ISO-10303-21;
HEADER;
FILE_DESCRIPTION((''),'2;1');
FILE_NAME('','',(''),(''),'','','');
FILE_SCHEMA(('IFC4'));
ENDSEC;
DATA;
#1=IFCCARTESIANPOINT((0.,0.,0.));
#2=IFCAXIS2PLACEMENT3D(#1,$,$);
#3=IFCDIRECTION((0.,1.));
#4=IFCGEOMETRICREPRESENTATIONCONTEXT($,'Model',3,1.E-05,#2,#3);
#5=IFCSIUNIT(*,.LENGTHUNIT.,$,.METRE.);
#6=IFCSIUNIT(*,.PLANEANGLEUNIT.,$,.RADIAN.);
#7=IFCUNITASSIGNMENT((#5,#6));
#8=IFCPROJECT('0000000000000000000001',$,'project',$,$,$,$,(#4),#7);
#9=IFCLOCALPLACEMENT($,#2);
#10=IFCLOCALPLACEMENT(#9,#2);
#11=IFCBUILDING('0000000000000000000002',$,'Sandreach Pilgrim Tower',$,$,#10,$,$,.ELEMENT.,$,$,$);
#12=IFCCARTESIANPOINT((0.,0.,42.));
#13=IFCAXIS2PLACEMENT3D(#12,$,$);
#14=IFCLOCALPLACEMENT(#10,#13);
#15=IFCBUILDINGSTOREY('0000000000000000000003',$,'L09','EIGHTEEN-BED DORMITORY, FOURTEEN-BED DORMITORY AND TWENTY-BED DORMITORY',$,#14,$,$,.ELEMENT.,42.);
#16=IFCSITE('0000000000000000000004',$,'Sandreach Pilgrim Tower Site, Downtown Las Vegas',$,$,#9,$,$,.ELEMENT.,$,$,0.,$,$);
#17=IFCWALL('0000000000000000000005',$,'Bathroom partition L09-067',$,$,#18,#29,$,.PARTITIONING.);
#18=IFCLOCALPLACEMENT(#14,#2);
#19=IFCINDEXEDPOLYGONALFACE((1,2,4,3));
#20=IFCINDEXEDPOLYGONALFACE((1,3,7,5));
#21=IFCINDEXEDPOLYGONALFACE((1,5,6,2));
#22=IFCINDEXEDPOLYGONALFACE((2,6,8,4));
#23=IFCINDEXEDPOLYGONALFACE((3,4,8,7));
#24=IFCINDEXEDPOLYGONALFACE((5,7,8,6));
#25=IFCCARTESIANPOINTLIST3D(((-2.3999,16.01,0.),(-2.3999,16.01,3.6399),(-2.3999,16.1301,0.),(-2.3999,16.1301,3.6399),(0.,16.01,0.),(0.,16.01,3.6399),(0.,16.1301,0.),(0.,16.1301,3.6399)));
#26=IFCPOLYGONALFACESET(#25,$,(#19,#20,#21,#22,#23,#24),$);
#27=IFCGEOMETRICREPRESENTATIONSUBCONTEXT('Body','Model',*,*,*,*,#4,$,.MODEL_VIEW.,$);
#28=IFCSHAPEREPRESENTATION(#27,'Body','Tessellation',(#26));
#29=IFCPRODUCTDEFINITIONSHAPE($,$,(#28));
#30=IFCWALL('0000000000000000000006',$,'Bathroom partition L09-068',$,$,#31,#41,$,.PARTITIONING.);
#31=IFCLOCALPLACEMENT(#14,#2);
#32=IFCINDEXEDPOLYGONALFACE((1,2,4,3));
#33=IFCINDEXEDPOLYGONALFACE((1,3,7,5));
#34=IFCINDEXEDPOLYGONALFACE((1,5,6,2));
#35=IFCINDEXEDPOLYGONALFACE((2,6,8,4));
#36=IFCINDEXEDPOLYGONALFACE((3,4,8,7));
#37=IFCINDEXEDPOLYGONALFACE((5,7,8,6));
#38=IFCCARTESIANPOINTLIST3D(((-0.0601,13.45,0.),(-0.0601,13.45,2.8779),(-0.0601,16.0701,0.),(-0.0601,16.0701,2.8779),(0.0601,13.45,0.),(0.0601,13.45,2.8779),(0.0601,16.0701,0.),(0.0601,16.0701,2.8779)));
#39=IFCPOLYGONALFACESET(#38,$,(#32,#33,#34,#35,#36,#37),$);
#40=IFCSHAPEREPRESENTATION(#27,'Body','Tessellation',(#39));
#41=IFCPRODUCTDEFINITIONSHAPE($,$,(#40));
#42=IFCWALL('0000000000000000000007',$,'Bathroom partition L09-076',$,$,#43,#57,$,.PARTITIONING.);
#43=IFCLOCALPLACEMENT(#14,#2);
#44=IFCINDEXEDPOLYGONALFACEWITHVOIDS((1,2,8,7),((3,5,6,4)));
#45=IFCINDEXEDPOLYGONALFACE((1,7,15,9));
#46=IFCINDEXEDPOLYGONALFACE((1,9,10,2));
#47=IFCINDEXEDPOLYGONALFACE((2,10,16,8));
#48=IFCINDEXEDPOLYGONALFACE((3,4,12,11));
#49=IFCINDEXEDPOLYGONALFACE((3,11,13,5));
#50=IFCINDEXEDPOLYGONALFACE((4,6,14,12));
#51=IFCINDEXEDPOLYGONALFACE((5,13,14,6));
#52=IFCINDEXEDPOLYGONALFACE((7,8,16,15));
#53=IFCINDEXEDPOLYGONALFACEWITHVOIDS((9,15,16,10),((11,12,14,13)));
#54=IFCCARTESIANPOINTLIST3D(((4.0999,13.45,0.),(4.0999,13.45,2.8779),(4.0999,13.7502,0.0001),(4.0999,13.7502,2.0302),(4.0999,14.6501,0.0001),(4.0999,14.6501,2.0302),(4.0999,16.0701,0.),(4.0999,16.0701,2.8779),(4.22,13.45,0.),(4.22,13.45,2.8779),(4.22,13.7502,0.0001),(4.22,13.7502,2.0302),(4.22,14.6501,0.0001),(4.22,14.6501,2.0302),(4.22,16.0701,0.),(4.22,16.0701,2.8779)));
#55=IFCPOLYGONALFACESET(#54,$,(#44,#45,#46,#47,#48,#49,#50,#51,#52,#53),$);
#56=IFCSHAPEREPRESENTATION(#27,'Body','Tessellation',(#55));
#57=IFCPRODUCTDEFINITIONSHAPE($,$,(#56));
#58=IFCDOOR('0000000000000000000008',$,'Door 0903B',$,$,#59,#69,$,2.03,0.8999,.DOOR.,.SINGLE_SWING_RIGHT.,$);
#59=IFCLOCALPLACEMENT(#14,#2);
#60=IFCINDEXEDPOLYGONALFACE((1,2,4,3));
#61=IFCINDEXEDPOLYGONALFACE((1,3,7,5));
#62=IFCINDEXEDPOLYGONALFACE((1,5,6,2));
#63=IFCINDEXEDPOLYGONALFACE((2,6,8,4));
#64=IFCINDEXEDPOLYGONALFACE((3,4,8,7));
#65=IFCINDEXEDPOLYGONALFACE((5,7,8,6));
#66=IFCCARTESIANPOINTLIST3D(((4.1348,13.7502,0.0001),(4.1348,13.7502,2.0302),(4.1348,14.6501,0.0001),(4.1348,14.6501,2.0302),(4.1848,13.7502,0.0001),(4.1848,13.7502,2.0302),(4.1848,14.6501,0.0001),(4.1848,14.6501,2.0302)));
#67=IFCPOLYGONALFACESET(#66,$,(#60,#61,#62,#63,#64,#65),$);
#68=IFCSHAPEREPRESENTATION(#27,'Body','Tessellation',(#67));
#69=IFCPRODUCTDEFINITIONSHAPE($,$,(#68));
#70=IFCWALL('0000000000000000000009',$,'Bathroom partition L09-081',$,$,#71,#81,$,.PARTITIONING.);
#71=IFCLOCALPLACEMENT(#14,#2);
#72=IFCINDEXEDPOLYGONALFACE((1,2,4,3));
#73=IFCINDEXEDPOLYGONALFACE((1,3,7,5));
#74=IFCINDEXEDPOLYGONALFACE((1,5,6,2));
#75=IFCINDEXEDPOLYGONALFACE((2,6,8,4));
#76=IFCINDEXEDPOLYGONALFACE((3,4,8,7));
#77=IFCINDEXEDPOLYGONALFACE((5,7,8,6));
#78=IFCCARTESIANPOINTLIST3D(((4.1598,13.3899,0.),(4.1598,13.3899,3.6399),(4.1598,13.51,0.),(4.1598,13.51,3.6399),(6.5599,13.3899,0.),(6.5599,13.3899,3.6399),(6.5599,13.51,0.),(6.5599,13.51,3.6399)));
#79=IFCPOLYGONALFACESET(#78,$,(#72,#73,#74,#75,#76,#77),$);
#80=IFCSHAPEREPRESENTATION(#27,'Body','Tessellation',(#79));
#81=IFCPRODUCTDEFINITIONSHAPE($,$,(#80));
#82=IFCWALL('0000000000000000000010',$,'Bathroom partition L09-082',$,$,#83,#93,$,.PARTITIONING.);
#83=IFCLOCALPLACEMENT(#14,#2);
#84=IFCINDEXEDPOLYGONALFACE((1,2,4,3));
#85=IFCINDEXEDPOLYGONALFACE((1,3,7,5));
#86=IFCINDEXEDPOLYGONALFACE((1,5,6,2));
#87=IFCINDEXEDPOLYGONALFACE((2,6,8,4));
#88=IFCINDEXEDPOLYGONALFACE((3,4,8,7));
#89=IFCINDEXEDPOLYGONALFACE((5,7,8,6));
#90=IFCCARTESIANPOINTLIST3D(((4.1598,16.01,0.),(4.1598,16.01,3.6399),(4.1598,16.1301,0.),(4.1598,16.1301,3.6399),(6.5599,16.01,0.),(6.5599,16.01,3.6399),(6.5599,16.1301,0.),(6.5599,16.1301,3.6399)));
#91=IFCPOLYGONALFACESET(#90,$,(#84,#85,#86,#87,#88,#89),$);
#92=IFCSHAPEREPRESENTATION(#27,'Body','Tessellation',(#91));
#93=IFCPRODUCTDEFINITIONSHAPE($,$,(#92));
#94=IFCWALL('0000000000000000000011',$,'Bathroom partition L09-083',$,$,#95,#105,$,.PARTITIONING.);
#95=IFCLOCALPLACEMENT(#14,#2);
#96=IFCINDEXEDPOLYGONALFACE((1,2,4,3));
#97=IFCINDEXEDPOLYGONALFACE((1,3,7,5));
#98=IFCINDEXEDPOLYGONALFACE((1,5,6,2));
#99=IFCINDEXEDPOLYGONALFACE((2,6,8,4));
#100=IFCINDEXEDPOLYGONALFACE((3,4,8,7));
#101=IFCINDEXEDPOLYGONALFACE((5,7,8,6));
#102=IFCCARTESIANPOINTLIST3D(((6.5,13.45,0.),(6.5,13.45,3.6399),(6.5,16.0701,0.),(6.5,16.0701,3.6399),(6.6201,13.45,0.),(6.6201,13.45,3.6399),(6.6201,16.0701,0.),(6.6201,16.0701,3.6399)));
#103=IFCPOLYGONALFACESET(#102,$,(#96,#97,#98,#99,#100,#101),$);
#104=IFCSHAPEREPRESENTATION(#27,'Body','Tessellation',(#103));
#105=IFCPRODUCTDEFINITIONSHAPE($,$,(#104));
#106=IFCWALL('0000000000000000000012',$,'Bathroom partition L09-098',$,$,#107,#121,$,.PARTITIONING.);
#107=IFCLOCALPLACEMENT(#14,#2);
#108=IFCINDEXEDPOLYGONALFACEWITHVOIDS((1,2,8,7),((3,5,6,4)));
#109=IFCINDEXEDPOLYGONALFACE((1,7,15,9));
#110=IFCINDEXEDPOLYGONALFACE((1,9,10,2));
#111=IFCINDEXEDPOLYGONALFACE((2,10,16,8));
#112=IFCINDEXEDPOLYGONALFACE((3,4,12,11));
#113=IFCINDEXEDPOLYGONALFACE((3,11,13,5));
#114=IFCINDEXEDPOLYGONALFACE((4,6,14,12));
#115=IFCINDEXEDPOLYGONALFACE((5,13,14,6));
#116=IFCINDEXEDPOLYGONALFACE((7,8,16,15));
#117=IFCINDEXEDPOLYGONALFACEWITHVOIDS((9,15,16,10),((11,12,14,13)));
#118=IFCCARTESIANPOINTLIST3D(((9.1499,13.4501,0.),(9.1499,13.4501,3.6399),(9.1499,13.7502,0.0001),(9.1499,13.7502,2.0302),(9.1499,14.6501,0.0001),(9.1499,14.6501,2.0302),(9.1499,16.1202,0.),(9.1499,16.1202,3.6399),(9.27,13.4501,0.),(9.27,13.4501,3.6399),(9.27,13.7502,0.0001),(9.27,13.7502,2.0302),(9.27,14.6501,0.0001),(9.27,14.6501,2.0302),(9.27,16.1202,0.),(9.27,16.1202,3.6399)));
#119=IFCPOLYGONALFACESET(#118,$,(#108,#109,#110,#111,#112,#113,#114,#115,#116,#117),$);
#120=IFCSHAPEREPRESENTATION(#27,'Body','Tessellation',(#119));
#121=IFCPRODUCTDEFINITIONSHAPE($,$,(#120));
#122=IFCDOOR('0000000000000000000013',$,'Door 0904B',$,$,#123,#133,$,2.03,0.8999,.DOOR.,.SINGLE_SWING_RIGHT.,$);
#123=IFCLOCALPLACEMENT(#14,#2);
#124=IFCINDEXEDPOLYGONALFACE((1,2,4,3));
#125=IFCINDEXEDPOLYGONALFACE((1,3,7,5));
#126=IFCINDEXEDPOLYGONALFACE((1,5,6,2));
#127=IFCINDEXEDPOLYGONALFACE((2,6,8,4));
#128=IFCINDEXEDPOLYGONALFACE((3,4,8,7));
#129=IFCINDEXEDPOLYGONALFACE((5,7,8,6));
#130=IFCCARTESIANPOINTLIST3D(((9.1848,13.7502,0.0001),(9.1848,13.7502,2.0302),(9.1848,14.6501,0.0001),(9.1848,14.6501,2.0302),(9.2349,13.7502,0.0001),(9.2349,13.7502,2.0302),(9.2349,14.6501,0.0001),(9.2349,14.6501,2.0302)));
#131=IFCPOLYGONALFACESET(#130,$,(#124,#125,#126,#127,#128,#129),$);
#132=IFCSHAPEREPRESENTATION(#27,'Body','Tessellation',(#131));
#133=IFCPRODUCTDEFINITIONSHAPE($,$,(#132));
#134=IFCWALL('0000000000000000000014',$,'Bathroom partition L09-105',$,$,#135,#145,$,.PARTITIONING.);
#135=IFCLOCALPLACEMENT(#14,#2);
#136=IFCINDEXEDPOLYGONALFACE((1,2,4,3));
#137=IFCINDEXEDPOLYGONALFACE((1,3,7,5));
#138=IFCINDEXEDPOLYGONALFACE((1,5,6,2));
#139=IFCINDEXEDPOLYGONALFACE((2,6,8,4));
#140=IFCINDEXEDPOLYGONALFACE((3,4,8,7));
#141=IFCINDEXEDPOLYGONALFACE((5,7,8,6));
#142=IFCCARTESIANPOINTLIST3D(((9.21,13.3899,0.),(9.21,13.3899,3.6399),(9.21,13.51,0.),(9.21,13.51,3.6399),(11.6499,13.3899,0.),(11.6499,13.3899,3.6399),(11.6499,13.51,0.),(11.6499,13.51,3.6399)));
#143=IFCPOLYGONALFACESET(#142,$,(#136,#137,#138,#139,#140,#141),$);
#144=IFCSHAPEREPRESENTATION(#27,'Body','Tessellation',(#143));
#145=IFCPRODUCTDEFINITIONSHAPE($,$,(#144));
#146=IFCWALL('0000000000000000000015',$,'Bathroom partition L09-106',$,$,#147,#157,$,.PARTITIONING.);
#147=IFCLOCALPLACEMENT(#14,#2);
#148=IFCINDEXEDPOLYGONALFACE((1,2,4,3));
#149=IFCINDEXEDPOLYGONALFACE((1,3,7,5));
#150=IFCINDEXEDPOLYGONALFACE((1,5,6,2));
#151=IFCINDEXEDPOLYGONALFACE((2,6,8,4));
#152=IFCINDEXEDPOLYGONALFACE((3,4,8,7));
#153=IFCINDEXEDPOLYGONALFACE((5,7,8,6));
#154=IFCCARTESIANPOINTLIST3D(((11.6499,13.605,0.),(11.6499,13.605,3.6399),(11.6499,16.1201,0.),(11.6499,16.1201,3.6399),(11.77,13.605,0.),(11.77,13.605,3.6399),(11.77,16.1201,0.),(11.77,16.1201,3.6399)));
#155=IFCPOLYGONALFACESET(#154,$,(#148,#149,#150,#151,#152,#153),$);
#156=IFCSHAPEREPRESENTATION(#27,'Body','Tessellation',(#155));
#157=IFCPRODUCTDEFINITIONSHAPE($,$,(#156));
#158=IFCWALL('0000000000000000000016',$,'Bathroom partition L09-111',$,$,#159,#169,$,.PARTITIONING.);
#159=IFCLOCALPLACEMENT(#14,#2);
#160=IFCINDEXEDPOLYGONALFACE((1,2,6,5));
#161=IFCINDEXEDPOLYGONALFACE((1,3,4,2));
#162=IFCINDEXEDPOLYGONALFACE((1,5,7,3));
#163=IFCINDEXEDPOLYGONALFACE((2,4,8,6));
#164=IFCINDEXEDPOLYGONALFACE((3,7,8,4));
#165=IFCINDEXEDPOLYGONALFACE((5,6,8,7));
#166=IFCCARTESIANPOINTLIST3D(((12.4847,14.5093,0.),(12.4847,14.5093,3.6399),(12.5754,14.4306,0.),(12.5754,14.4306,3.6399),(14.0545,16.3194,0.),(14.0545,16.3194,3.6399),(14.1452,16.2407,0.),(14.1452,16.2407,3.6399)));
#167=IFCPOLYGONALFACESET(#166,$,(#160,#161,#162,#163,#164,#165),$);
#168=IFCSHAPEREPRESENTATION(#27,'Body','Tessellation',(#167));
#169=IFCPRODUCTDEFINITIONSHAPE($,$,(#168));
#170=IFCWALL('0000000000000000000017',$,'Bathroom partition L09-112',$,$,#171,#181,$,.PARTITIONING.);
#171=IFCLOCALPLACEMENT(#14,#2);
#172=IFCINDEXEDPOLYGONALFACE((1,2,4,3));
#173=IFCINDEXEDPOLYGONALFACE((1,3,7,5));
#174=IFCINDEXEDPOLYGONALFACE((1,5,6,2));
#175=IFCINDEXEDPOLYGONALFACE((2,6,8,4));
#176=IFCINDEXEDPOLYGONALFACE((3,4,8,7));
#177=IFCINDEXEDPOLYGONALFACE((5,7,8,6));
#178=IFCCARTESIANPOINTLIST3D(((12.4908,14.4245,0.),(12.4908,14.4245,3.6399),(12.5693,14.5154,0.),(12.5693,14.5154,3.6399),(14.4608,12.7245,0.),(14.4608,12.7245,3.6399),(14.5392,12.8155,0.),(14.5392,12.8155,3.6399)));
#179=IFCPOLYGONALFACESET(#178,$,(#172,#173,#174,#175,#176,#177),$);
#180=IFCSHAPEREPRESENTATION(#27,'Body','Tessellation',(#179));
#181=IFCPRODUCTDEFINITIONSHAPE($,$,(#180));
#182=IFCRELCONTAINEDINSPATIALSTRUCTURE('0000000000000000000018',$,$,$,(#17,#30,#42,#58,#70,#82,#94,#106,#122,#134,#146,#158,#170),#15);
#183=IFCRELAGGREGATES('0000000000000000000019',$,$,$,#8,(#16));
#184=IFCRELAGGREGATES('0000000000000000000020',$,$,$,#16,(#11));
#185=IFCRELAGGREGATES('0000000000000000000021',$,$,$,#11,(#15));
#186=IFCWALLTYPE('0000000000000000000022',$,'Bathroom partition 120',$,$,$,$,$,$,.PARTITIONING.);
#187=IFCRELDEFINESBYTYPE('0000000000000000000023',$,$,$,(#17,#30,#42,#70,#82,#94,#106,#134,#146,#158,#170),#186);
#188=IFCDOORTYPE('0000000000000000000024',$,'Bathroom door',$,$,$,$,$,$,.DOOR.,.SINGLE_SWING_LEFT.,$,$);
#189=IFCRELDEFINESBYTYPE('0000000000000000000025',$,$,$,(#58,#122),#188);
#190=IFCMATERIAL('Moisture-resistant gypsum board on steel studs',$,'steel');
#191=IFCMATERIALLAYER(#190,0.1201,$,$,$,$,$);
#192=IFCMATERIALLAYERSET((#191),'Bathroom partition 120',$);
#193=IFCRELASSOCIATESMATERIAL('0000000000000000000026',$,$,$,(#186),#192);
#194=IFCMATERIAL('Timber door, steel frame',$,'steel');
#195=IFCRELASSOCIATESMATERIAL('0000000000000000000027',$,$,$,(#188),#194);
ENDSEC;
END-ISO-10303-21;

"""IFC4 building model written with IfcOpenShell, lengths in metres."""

from ifc_helpers import new_model, si_unit, direction, frame, frame_2d, origin, place, context, subcontext, project, spatial, rectangle, extrude, material, layer, layer_set, type_object, element, fill, save


model = new_model("IFC4")

# Units and contexts
model_context = context("Model", 3, precision=1e-05, world=origin(), true_north=direction((0.0, 1.0)))
body_context = subcontext(model_context, "Body", "Model", "MODEL_VIEW")
ifc_project = project(units=[si_unit("LENGTHUNIT", "METRE"), si_unit("PLANEANGLEUNIT", "RADIAN")], contexts=[model_context])

# Site, building, storey
site_placement = place(None, origin())
site = spatial("IfcSite", under=ifc_project, at=site_placement, Name="Sandreach Pilgrim Tower Site, Downtown Las Vegas", CompositionType="ELEMENT", RefElevation=0.0)
building_placement = place(site_placement, origin())
building = spatial("IfcBuilding", under=site, at=building_placement, Name="Sandreach Pilgrim Tower", CompositionType="ELEMENT")
storey_placement = place(building_placement, frame((0.0, 0.0, 42.0)))
storey = spatial("IfcBuildingStorey", under=building, at=storey_placement, Name="L09", Description="EIGHTEEN-BED DORMITORY, FOURTEEN-BED DORMITORY AND TWENTY-BED DORMITORY", CompositionType="ELEMENT", Elevation=42.0)

# Walls
ifc_material_1 = material(Name="Moisture-resistant gypsum board on steel studs", Category="steel")
ifc_layer_1 = layer(ifc_material_1, 0.1201)
ifc_layer_set_1 = layer_set([ifc_layer_1], Name="Bathroom partition 120")
wall_type_1 = type_object("IfcWallType", Name="Bathroom partition 120", PredefinedType="PARTITIONING", material=ifc_layer_set_1)
wall_1_placement = place(storey_placement, frame((0.0, 16.0701, 0.0), z_axis=(0.0, 0.0, 1.0), x_axis=(-1.0, 0.0, 0.0)))
element("IfcWall", 1, at=wall_1_placement, inside=storey, type_object=wall_type_1, Name="Bathroom partition L09-067", PredefinedType="PARTITIONING", context=body_context, shape_type="SweptSolid", body=[
    extrude(rectangle(XDim=2.3999, YDim=0.1201, at=frame_2d((1.2, 0.0))), origin(), (0.0, 0.0, 1.0), 3.6399),
])
wall_2_placement = place(storey_placement, frame((0.0, 16.0701, 0.0), z_axis=(0.0, 0.0, 1.0), x_axis=(0.0, -1.0, 0.0)))
element("IfcWall", 2, at=wall_2_placement, inside=storey, type_object=wall_type_1, Name="Bathroom partition L09-068", PredefinedType="PARTITIONING", context=body_context, shape_type="SweptSolid", body=[
    extrude(rectangle(XDim=2.6201, YDim=0.1201, at=frame_2d((1.3101, 0.0))), origin(), (0.0, 0.0, 1.0), 2.8779),
])

# Wall, opening, door
wall_3_placement = place(storey_placement, frame((4.1599, 16.0701, 0.0), z_axis=(0.0, 0.0, 1.0), x_axis=(0.0, -1.0, 0.0)))
wall_3 = element("IfcWall", 3, at=wall_3_placement, inside=storey, type_object=wall_type_1, Name="Bathroom partition L09-076", PredefinedType="PARTITIONING", context=body_context, shape_type="SweptSolid", body=[
    extrude(rectangle(XDim=2.6201, YDim=0.1201, at=frame_2d((1.3101, 0.0))), origin(), (0.0, 0.0, 1.0), 2.8779),
])
opening_1_placement = place(wall_3_placement, frame((1.4199, 0.0, 0.0)))
opening_1 = element("IfcOpeningElement", 4, at=opening_1_placement, cuts=wall_3, PredefinedType="OPENING", context=body_context, shape_type="SweptSolid", body=[
    extrude(rectangle(XDim=0.8999, YDim=2.03, at=frame_2d((0.45, 1.0151))), frame((0.0, 0.0601, 0.0), z_axis=(0.0, -1.0, 0.0), x_axis=(1.0, 0.0, 0.0)), (0.0, 0.0, 1.0), 0.1201),
])
ifc_material_2 = material(Name="Timber door, steel frame", Category="steel")
door_type_1 = type_object("IfcDoorType", Name="Bathroom door", OperationType="SINGLE_SWING_LEFT", PredefinedType="DOOR", material=ifc_material_2)
door_1_placement = place(opening_1_placement, origin())
door_1 = element("IfcDoor", 5, at=door_1_placement, inside=storey, type_object=door_type_1, Name="Door 0903B", OperationType="SINGLE_SWING_RIGHT", OverallHeight=2.03, OverallWidth=0.8999, PredefinedType="DOOR", context=body_context, shape_type="SweptSolid", body=[
    extrude(rectangle(XDim=0.8999, YDim=2.03, at=frame_2d((0.45, 1.0151))), frame((0.0, 0.0249, 0.0), z_axis=(0.0, -1.0, 0.0), x_axis=(1.0, 0.0, 0.0)), (0.0, 0.0, 1.0), 0.05),
])
fill(opening_1, door_1)

# Walls
for number, where, z_axis, x_axis, name in (
    (6, (6.5601, 13.45, 0.0), (0.0, 0.0, 1.0), (-1.0, 0.0, 0.0), "Bathroom partition L09-081"),
    (7, (6.5601, 16.0701, 0.0), (0.0, 0.0, 1.0), (-1.0, 0.0, 0.0), "Bathroom partition L09-082"),
):
    element("IfcWall", number, at=place(storey_placement, frame(where, z_axis=z_axis, x_axis=x_axis)), inside=storey, type_object=wall_type_1, Name=name, PredefinedType="PARTITIONING", context=body_context, shape_type="SweptSolid", body=[
        extrude(rectangle(XDim=2.4001, YDim=0.1201, at=frame_2d((1.2002, 0.0))), origin(), (0.0, 0.0, 1.0), 3.6399),
    ])
wall_4_placement = place(storey_placement, frame((6.5601, 16.0701, 0.0), z_axis=(0.0, 0.0, 1.0), x_axis=(0.0, -1.0, 0.0)))
element("IfcWall", 8, at=wall_4_placement, inside=storey, type_object=wall_type_1, Name="Bathroom partition L09-083", PredefinedType="PARTITIONING", context=body_context, shape_type="SweptSolid", body=[
    extrude(rectangle(XDim=2.6201, YDim=0.1201, at=frame_2d((1.3101, 0.0))), origin(), (0.0, 0.0, 1.0), 3.6399),
])

# Wall, opening, door
wall_5_placement = place(storey_placement, frame((9.21, 16.1201, 0.0), z_axis=(0.0, 0.0, 1.0), x_axis=(0.0, -1.0, 0.0)))
wall_5 = element("IfcWall", 9, at=wall_5_placement, inside=storey, type_object=wall_type_1, Name="Bathroom partition L09-098", PredefinedType="PARTITIONING", context=body_context, shape_type="SweptSolid", body=[
    extrude(rectangle(XDim=2.6702, YDim=0.1201, at=frame_2d((1.335, 0.0))), origin(), (0.0, 0.0, 1.0), 3.6399),
])
opening_2_placement = place(wall_5_placement, frame((1.47, 0.0, 0.0)))
opening_2 = element("IfcOpeningElement", 10, at=opening_2_placement, cuts=wall_5, PredefinedType="OPENING", context=body_context, shape_type="SweptSolid", body=[
    extrude(rectangle(XDim=0.8999, YDim=2.03, at=frame_2d((0.45, 1.0151))), frame((0.0, 0.0601, 0.0), z_axis=(0.0, -1.0, 0.0), x_axis=(1.0, 0.0, 0.0)), (0.0, 0.0, 1.0), 0.1201),
])
door_2_placement = place(opening_2_placement, origin())
door_2 = element("IfcDoor", 11, at=door_2_placement, inside=storey, type_object=door_type_1, Name="Door 0904B", OperationType="SINGLE_SWING_RIGHT", OverallHeight=2.03, OverallWidth=0.8999, PredefinedType="DOOR", context=body_context, shape_type="SweptSolid", body=[
    extrude(rectangle(XDim=0.8999, YDim=2.03, at=frame_2d((0.45, 1.0151))), frame((0.0, 0.0249, 0.0), z_axis=(0.0, -1.0, 0.0), x_axis=(1.0, 0.0, 0.0)), (0.0, 0.0, 1.0), 0.05),
])
fill(opening_2, door_2)

# Walls
wall_6_placement = place(storey_placement, frame((11.6499, 13.45, 0.0), z_axis=(0.0, 0.0, 1.0), x_axis=(-1.0, 0.0, 0.0)))
element("IfcWall", 12, at=wall_6_placement, inside=storey, type_object=wall_type_1, Name="Bathroom partition L09-105", PredefinedType="PARTITIONING", context=body_context, shape_type="SweptSolid", body=[
    extrude(rectangle(XDim=2.4399, YDim=0.1201, at=frame_2d((1.22, 0.0))), origin(), (0.0, 0.0, 1.0), 3.6399),
])
wall_7_placement = place(storey_placement, frame((11.71, 13.605, 0.0), z_axis=(0.0, 0.0, 1.0), x_axis=(0.0, 1.0, 0.0)))
element("IfcWall", 13, at=wall_7_placement, inside=storey, type_object=wall_type_1, Name="Bathroom partition L09-106", PredefinedType="PARTITIONING", context=body_context, shape_type="SweptSolid", body=[
    extrude(rectangle(XDim=2.5151, YDim=0.1201, at=frame_2d((1.2576, 0.0))), origin(), (0.0, 0.0, 1.0), 3.6399),
])
wall_8_placement = place(storey_placement, frame((12.53, 14.47, 0.0), z_axis=(0.0, 0.0, 1.0), x_axis=(0.655194, 0.75546, 0.0)))
element("IfcWall", 14, at=wall_8_placement, inside=storey, type_object=wall_type_1, Name="Bathroom partition L09-111", PredefinedType="PARTITIONING", context=body_context, shape_type="SweptSolid", body=[
    extrude(rectangle(XDim=2.396, YDim=0.1201, at=frame_2d((1.198, 0.0))), origin(), (0.0, 0.0, 1.0), 3.6399),
])
wall_9_placement = place(storey_placement, frame((12.53, 14.47, 0.0), z_axis=(0.0, 0.0, 1.0), x_axis=(0.757087, -0.653314, 0.0)))
element("IfcWall", 15, at=wall_9_placement, inside=storey, type_object=wall_type_1, Name="Bathroom partition L09-112", PredefinedType="PARTITIONING", context=body_context, shape_type="SweptSolid", body=[
    extrude(rectangle(XDim=2.6021, YDim=0.1201, at=frame_2d((1.301, 0.0))), origin(), (0.0, 0.0, 1.0), 3.6399),
])

save(model, "model.ifc")
